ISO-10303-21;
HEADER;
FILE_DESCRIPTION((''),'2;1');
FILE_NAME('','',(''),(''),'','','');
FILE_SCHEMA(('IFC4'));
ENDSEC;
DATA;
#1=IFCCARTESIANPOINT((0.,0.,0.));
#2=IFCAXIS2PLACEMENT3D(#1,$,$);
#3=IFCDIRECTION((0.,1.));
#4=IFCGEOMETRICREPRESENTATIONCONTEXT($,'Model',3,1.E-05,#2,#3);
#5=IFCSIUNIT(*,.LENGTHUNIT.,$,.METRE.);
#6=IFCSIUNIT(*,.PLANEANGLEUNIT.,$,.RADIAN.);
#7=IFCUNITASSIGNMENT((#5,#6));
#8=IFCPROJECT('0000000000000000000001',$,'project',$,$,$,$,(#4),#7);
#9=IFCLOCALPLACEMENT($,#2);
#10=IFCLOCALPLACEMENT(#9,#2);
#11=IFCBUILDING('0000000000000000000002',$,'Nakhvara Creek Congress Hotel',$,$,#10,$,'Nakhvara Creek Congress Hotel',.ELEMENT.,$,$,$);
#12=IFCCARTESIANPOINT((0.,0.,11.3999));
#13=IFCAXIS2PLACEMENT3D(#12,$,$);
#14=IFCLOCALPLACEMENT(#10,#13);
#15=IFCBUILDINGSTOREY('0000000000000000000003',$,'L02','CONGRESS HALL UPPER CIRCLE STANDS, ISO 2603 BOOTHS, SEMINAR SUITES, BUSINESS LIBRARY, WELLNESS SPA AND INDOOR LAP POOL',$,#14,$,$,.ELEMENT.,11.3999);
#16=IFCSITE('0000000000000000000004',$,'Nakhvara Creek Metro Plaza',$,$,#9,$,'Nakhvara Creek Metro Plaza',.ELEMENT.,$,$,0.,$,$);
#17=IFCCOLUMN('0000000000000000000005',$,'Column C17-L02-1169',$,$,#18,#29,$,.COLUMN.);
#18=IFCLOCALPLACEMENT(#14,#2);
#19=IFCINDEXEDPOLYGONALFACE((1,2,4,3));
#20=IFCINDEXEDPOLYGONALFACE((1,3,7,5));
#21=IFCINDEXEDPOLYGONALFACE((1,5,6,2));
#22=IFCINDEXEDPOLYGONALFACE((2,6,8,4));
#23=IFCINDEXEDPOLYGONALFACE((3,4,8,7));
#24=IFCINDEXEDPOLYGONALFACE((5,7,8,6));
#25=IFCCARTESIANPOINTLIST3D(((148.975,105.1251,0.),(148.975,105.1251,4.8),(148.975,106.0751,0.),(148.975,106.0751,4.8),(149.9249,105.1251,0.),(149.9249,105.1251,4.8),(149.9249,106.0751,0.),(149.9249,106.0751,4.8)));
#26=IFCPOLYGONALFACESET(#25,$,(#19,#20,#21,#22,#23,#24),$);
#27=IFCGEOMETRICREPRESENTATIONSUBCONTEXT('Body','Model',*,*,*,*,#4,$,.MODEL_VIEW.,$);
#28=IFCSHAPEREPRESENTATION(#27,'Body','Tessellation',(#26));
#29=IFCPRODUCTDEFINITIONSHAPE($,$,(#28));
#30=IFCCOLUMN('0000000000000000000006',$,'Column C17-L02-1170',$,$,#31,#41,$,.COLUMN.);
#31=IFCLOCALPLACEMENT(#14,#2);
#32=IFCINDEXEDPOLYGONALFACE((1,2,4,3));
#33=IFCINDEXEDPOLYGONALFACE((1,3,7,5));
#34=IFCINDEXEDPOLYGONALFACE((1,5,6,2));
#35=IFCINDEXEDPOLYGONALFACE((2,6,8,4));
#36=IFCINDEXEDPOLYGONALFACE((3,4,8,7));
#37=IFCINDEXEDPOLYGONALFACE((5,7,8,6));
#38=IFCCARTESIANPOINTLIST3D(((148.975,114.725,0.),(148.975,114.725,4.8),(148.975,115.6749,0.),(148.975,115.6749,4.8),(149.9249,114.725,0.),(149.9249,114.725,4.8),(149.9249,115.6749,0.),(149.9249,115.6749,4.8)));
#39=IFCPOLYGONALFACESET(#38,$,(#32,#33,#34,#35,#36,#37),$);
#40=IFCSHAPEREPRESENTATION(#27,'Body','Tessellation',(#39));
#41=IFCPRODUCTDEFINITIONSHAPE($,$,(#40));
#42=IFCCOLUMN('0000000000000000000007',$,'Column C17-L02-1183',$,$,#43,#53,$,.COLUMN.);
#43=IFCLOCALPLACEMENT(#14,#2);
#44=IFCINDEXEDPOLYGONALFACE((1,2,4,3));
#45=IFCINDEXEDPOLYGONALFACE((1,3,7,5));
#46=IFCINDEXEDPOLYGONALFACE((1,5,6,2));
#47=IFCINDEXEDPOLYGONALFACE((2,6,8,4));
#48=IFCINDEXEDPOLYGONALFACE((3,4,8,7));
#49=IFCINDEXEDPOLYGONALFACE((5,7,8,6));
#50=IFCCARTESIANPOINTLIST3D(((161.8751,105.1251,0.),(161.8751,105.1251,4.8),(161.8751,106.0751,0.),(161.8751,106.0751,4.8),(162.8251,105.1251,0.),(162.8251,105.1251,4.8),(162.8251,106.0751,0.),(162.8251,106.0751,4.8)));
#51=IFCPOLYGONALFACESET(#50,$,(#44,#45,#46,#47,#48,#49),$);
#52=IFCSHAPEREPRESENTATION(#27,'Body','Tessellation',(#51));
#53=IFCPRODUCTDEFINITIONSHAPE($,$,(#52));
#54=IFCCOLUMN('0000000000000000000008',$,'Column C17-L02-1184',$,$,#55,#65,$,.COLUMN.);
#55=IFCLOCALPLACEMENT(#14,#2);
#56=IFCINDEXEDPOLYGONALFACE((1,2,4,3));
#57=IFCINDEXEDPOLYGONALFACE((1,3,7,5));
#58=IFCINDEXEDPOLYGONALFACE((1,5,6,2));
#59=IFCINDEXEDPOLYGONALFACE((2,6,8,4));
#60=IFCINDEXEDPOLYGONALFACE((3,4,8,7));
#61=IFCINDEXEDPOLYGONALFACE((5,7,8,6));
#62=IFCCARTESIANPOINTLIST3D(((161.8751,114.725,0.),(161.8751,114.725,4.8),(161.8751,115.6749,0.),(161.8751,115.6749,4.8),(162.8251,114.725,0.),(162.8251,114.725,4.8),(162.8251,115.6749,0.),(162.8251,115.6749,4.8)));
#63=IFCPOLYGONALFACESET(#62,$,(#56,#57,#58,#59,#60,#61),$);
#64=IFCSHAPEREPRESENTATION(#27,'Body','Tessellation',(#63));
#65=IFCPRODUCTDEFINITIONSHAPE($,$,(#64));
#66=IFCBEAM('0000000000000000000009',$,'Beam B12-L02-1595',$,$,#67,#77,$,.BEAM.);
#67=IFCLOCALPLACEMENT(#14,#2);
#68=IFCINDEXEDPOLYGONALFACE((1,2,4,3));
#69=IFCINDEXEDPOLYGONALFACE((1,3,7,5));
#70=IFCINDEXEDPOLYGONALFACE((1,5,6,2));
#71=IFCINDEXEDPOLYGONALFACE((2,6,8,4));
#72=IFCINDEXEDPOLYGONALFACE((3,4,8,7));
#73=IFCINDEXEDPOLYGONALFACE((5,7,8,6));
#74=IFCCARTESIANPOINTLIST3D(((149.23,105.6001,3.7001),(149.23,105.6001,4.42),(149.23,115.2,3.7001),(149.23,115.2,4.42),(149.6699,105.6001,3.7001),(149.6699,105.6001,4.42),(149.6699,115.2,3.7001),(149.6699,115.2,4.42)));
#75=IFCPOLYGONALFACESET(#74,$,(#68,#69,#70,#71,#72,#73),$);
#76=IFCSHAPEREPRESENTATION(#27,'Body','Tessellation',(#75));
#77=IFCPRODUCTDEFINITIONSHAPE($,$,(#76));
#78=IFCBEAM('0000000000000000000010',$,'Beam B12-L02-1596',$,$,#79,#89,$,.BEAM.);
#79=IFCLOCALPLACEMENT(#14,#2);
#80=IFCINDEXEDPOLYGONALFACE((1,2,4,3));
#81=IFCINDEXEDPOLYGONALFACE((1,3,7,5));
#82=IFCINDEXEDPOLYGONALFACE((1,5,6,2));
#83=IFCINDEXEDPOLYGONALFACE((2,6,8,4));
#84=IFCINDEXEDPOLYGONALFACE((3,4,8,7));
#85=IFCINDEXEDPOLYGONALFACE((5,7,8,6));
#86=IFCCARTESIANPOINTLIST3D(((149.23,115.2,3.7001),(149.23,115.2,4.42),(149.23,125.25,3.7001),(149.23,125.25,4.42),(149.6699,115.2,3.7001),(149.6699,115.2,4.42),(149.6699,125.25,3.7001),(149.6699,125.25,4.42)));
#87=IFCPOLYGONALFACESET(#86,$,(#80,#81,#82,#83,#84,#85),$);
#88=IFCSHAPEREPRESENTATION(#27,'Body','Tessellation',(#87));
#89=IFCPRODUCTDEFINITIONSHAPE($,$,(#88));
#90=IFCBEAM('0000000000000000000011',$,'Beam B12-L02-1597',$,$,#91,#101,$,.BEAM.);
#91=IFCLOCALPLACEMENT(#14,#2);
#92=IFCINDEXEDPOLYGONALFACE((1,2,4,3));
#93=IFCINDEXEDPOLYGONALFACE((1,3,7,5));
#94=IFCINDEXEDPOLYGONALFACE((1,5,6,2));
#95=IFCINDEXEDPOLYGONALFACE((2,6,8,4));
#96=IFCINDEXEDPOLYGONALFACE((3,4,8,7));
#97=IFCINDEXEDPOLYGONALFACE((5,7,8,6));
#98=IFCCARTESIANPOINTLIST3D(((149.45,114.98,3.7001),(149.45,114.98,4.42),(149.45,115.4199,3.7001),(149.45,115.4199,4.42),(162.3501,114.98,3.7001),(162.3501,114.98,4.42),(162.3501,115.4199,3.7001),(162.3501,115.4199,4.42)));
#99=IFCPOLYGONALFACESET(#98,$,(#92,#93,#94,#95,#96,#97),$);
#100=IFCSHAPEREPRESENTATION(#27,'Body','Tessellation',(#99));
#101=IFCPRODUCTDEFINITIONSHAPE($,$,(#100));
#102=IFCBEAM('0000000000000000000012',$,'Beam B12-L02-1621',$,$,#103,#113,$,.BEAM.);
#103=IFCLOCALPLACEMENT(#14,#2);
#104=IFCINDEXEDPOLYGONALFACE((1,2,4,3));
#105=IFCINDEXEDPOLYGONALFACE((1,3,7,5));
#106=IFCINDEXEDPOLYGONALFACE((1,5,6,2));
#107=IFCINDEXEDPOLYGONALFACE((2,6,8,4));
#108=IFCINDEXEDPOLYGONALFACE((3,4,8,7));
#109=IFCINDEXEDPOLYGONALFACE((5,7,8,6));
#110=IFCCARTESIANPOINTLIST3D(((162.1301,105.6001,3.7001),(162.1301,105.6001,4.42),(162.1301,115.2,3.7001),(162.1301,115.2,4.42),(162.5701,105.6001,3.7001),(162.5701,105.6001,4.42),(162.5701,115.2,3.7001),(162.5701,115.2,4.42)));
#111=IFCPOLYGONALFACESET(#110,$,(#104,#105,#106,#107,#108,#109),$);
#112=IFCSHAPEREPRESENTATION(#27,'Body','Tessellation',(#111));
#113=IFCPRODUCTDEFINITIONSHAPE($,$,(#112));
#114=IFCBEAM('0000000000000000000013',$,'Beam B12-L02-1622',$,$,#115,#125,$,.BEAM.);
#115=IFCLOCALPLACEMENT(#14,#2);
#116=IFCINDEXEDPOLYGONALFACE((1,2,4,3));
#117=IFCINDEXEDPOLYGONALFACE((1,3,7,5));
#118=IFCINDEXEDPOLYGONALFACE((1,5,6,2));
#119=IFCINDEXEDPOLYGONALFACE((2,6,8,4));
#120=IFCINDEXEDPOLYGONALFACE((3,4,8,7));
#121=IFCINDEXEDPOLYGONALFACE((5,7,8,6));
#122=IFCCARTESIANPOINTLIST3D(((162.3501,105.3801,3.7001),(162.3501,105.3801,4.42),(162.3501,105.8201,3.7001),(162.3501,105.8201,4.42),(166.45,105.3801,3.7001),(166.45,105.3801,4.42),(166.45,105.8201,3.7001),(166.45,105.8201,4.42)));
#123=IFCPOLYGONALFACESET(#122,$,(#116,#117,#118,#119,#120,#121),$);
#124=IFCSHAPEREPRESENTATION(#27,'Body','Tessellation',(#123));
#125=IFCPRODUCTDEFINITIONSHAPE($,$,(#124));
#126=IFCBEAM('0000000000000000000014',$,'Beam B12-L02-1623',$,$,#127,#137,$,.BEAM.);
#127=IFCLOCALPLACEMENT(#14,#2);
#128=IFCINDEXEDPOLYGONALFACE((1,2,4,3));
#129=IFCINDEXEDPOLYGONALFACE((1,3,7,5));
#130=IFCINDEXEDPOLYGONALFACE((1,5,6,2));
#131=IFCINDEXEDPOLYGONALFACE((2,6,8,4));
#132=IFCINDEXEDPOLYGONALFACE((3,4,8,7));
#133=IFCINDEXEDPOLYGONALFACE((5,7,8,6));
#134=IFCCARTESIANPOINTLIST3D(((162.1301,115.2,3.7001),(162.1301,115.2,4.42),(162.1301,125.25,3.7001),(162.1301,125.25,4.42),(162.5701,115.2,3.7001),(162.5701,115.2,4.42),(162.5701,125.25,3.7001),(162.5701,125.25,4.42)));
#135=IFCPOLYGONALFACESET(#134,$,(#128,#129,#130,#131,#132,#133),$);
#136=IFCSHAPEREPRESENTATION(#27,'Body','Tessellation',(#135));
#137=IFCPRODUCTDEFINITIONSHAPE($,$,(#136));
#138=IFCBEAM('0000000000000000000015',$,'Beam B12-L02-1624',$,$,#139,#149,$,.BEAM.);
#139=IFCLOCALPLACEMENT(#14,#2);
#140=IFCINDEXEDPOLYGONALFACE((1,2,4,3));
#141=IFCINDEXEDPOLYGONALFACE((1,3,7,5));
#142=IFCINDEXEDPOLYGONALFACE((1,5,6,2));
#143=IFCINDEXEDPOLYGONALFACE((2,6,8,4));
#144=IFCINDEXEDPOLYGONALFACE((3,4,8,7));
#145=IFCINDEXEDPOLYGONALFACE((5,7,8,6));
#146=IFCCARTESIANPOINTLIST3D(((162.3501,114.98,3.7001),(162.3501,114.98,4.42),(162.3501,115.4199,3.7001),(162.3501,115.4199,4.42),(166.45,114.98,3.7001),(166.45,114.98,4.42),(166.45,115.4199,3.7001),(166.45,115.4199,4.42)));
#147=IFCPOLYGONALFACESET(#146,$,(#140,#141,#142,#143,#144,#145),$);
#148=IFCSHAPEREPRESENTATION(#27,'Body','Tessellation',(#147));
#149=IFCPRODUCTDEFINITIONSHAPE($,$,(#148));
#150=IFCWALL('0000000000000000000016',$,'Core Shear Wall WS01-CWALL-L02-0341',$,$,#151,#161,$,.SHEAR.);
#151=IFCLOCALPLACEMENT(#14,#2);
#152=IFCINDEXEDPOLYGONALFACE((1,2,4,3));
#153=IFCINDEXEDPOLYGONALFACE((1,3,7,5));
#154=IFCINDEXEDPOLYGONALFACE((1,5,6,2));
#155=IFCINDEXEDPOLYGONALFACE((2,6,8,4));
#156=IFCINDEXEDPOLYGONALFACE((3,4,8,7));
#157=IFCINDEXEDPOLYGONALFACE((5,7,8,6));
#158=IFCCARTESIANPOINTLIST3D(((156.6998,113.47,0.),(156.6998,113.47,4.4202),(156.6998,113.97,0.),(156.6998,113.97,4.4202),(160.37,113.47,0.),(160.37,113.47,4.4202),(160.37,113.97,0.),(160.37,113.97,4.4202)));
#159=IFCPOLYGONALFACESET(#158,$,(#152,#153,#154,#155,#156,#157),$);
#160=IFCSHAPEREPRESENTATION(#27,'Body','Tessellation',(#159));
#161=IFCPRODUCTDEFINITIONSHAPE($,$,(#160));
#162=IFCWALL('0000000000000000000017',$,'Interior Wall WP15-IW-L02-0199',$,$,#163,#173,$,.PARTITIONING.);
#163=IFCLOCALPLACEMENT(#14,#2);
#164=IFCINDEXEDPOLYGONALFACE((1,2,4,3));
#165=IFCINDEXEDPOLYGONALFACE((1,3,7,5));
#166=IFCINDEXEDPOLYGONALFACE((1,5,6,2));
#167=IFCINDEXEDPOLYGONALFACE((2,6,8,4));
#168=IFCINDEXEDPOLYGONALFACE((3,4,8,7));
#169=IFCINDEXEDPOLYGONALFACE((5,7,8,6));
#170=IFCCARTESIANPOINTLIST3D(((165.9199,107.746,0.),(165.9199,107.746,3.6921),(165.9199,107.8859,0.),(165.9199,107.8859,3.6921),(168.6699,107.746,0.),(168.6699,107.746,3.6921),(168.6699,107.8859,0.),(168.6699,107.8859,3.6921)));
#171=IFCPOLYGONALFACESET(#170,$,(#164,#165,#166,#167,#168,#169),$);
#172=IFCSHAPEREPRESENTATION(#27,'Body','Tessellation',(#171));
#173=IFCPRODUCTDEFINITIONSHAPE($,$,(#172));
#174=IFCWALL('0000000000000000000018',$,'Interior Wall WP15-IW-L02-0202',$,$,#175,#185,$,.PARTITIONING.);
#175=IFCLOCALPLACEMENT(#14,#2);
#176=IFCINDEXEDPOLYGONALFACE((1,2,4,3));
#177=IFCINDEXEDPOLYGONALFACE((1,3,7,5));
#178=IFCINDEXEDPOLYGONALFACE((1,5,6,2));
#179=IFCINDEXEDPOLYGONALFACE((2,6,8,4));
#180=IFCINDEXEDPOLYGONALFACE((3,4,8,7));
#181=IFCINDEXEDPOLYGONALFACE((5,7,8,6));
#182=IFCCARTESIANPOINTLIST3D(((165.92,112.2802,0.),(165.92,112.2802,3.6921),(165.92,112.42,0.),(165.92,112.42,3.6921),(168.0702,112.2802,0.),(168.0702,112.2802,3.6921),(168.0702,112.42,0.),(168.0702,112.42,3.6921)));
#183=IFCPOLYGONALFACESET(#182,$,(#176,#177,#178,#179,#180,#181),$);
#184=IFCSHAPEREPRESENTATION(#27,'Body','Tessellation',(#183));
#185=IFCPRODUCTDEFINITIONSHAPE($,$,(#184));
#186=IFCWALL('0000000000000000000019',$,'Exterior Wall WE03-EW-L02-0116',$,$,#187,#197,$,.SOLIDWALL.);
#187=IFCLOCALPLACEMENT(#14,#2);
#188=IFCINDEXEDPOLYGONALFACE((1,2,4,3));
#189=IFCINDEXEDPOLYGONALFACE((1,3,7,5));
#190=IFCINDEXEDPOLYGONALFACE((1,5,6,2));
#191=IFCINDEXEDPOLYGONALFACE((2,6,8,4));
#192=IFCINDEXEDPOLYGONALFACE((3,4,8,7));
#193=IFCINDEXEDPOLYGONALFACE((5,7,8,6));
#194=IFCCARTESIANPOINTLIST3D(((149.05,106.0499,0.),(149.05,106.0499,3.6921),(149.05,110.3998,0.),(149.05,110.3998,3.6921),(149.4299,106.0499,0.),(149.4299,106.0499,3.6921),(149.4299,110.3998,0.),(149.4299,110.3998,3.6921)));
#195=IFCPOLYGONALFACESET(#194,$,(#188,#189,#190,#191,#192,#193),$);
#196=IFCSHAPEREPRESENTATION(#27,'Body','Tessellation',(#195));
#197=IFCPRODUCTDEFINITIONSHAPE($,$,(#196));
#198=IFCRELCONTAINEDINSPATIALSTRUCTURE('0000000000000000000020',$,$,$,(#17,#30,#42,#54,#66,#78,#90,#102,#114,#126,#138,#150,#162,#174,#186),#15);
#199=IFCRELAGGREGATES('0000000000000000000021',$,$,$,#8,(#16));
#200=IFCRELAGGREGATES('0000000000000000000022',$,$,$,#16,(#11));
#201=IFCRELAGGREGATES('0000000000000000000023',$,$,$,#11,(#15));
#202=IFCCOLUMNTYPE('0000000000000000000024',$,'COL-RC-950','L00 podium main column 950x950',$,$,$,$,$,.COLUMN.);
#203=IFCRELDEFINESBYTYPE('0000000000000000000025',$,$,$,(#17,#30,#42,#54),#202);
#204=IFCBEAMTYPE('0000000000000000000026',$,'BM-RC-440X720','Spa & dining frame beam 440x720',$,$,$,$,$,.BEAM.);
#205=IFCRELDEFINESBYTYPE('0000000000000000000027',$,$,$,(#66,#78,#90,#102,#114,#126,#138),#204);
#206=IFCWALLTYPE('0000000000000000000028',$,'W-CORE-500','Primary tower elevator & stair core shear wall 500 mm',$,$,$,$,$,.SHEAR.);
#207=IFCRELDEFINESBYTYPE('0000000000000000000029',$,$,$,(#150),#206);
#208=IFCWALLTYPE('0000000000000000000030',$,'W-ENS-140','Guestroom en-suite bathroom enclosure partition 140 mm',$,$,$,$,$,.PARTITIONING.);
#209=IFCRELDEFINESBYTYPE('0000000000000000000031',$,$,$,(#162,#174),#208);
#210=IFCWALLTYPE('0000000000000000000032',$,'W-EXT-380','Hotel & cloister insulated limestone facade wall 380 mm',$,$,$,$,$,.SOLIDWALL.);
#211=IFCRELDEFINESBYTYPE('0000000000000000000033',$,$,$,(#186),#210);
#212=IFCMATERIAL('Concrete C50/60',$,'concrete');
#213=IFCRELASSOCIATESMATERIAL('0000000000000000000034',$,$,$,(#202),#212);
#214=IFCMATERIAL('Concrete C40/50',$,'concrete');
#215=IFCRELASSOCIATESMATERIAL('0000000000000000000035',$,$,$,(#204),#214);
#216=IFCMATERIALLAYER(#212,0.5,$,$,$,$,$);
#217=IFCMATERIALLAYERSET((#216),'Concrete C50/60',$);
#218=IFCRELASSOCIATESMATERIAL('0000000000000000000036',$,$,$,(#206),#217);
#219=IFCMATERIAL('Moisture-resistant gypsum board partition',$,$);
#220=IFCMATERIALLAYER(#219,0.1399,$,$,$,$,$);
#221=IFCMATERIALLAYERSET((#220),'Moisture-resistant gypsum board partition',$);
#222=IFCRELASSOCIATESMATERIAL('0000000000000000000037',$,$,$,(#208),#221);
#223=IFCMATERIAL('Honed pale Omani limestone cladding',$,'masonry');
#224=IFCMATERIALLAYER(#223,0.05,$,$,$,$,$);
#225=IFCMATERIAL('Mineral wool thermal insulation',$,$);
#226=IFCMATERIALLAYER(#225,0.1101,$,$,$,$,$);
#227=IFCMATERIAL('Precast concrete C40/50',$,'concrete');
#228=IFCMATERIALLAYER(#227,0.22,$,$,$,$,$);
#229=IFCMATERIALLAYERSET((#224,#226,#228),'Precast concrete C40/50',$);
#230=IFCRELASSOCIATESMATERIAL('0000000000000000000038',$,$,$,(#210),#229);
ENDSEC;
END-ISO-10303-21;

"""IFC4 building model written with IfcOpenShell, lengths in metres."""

from ifc_helpers import new_model, si_unit, direction, frame, frame_2d, origin, origin_2d, place, context, subcontext, project, spatial, rectangle, extrude, material, layer, layer_set, material_profile, profile_set, type_object, element, save


model = new_model("IFC4")

# Units and contexts
model_context = context("Model", 3, precision=1e-05, world=origin(), true_north=direction((0.0, 1.0)))
body_context = subcontext(model_context, "Body", "Model", "MODEL_VIEW")
ifc_project = project(units=[si_unit("LENGTHUNIT", "METRE"), si_unit("PLANEANGLEUNIT", "RADIAN")], contexts=[model_context])

# Site, building, storey
site_placement = place(None, origin())
site = spatial("IfcSite", under=ifc_project, at=site_placement, Name="Nakhvara Creek Metro Plaza", LongName="Nakhvara Creek Metro Plaza", CompositionType="ELEMENT", RefElevation=0.0)
building_placement = place(site_placement, origin())
building = spatial("IfcBuilding", under=site, at=building_placement, Name="Nakhvara Creek Congress Hotel", LongName="Nakhvara Creek Congress Hotel", CompositionType="ELEMENT")
storey_placement = place(building_placement, frame((0.0, 0.0, 11.3999)))
storey = spatial("IfcBuildingStorey", under=building, at=storey_placement, Name="L02", Description="CONGRESS HALL UPPER CIRCLE STANDS, ISO 2603 BOOTHS, SEMINAR SUITES, BUSINESS LIBRARY, WELLNESS SPA AND INDOOR LAP POOL", CompositionType="ELEMENT", Elevation=11.3999)

# Columns
ifc_material_1 = material(Name="Concrete C50/60", Category="concrete")
ifc_material_profile_1 = material_profile(ifc_material_1, rectangle(XDim=0.95, YDim=0.95, at=origin_2d()), Name="RC-COL 950x950", Category="LoadBearing")
ifc_profile_set_1 = profile_set([ifc_material_profile_1], Name="Concrete C50/60")
column_type = type_object("IfcColumnType", Name="COL-RC-950", Description="L00 podium main column 950x950", PredefinedType="COLUMN", material=ifc_profile_set_1)
for number, where, z_axis, x_axis, name in (
    (1, (149.45, 105.6001, 0.0), (0.0, 0.0, 1.0), (1.0, 0.0, 0.0), "Column C17-L02-1169"),
    (2, (149.45, 115.2, 0.0), (0.0, 0.0, 1.0), (1.0, 0.0, 0.0), "Column C17-L02-1170"),
    (3, (162.3501, 105.6001, 0.0), (0.0, 0.0, 1.0), (1.0, 0.0, 0.0), "Column C17-L02-1183"),
    (4, (162.3501, 115.2, 0.0), (0.0, 0.0, 1.0), (1.0, 0.0, 0.0), "Column C17-L02-1184"),
):
    element("IfcColumn", number, at=place(storey_placement, frame(where, z_axis=z_axis, x_axis=x_axis)), inside=storey, type_object=column_type, Name=name, PredefinedType="COLUMN", context=body_context, shape_type="SweptSolid", body=[
        extrude(rectangle(XDim=0.95, YDim=0.95, at=origin_2d()), origin(), (0.0, 0.0, 1.0), 4.8),
    ])

# Beams
ifc_material_2 = material(Name="Concrete C40/50", Category="concrete")
ifc_material_profile_2 = material_profile(ifc_material_2, rectangle(XDim=0.4399, YDim=0.72, at=origin_2d()), Name="RC-BM 440x720", Category="LoadBearing")
ifc_profile_set_2 = profile_set([ifc_material_profile_2], Name="Concrete C40/50")
beam_type = type_object("IfcBeamType", Name="BM-RC-440X720", Description="Spa & dining frame beam 440x720", PredefinedType="BEAM", material=ifc_profile_set_2)
beam_1_placement = place(storey_placement, frame((149.45, 105.6001, 4.0601), z_axis=(0.0, 1.0, 0.0), x_axis=(-1.0, 0.0, 0.0)))
element("IfcBeam", 5, at=beam_1_placement, inside=storey, type_object=beam_type, Name="Beam B12-L02-1595", PredefinedType="BEAM", context=body_context, shape_type="SweptSolid", body=[
    extrude(rectangle(XDim=0.4399, YDim=0.72, at=origin_2d()), origin(), (0.0, 0.0, 1.0), 9.5999),
])
beam_2_placement = place(storey_placement, frame((149.45, 115.2, 4.0601), z_axis=(0.0, 1.0, 0.0), x_axis=(-1.0, 0.0, 0.0)))
element("IfcBeam", 6, at=beam_2_placement, inside=storey, type_object=beam_type, Name="Beam B12-L02-1596", PredefinedType="BEAM", context=body_context, shape_type="SweptSolid", body=[
    extrude(rectangle(XDim=0.4399, YDim=0.72, at=origin_2d()), origin(), (0.0, 0.0, 1.0), 10.05),
])
beam_3_placement = place(storey_placement, frame((149.45, 115.2, 4.0601), z_axis=(1.0, 0.0, 0.0), x_axis=(0.0, 1.0, 0.0)))
element("IfcBeam", 7, at=beam_3_placement, inside=storey, type_object=beam_type, Name="Beam B12-L02-1597", PredefinedType="BEAM", context=body_context, shape_type="SweptSolid", body=[
    extrude(rectangle(XDim=0.4399, YDim=0.72, at=origin_2d()), origin(), (0.0, 0.0, 1.0), 12.9001),
])
beam_4_placement = place(storey_placement, frame((162.3501, 105.6001, 4.0601), z_axis=(0.0, 1.0, 0.0), x_axis=(-1.0, 0.0, 0.0)))
element("IfcBeam", 8, at=beam_4_placement, inside=storey, type_object=beam_type, Name="Beam B12-L02-1621", PredefinedType="BEAM", context=body_context, shape_type="SweptSolid", body=[
    extrude(rectangle(XDim=0.4399, YDim=0.72, at=origin_2d()), origin(), (0.0, 0.0, 1.0), 9.5999),
])
beam_5_placement = place(storey_placement, frame((162.3501, 105.6001, 4.0601), z_axis=(1.0, 0.0, 0.0), x_axis=(0.0, 1.0, 0.0)))
element("IfcBeam", 9, at=beam_5_placement, inside=storey, type_object=beam_type, Name="Beam B12-L02-1622", PredefinedType="BEAM", context=body_context, shape_type="SweptSolid", body=[
    extrude(rectangle(XDim=0.4399, YDim=0.72, at=origin_2d()), origin(), (0.0, 0.0, 1.0), 4.0999),
])
beam_6_placement = place(storey_placement, frame((162.3501, 115.2, 4.0601), z_axis=(0.0, 1.0, 0.0), x_axis=(-1.0, 0.0, 0.0)))
element("IfcBeam", 10, at=beam_6_placement, inside=storey, type_object=beam_type, Name="Beam B12-L02-1623", PredefinedType="BEAM", context=body_context, shape_type="SweptSolid", body=[
    extrude(rectangle(XDim=0.4399, YDim=0.72, at=origin_2d()), origin(), (0.0, 0.0, 1.0), 10.05),
])
beam_7_placement = place(storey_placement, frame((162.3501, 115.2, 4.0601), z_axis=(1.0, 0.0, 0.0), x_axis=(0.0, 1.0, 0.0)))
element("IfcBeam", 11, at=beam_7_placement, inside=storey, type_object=beam_type, Name="Beam B12-L02-1624", PredefinedType="BEAM", context=body_context, shape_type="SweptSolid", body=[
    extrude(rectangle(XDim=0.4399, YDim=0.72, at=origin_2d()), origin(), (0.0, 0.0, 1.0), 4.0999),
])

# Walls
ifc_layer_1 = layer(ifc_material_1, 0.5)
ifc_layer_set_1 = layer_set([ifc_layer_1], Name="Concrete C50/60")
wall_type_1 = type_object("IfcWallType", Name="W-CORE-500", Description="Primary tower elevator & stair core shear wall 500 mm", PredefinedType="SHEAR", material=ifc_layer_set_1)
wall_1_placement = place(storey_placement, frame((156.7, 113.72, 0.0), z_axis=(0.0, 0.0, 1.0), x_axis=(1.0, 0.0, 0.0)))
element("IfcWall", 12, at=wall_1_placement, inside=storey, type_object=wall_type_1, Name="Core Shear Wall WS01-CWALL-L02-0341", PredefinedType="SHEAR", context=body_context, shape_type="SweptSolid", body=[
    extrude(rectangle(XDim=3.6702, YDim=0.5, at=frame_2d((1.835, 0.0))), origin(), (0.0, 0.0, 1.0), 4.4202),
])
ifc_material_3 = material(Name="Moisture-resistant gypsum board partition")
ifc_layer_2 = layer(ifc_material_3, 0.1399)
ifc_layer_set_2 = layer_set([ifc_layer_2], Name="Moisture-resistant gypsum board partition")
wall_type_2 = type_object("IfcWallType", Name="W-ENS-140", Description="Guestroom en-suite bathroom enclosure partition 140 mm", PredefinedType="PARTITIONING", material=ifc_layer_set_2)
wall_2_placement = place(storey_placement, frame((165.9199, 107.8159, 0.0), z_axis=(0.0, 0.0, 1.0), x_axis=(1.0, 0.0, 0.0)))
element("IfcWall", 13, at=wall_2_placement, inside=storey, type_object=wall_type_2, Name="Interior Wall WP15-IW-L02-0199", PredefinedType="PARTITIONING", context=body_context, shape_type="SweptSolid", body=[
    extrude(rectangle(XDim=2.75, YDim=0.1399, at=frame_2d((1.375, 0.0))), origin(), (0.0, 0.0, 1.0), 3.6921),
])
wall_3_placement = place(storey_placement, frame((165.9199, 112.3501, 0.0), z_axis=(0.0, 0.0, 1.0), x_axis=(1.0, 0.0, 0.0)))
element("IfcWall", 14, at=wall_3_placement, inside=storey, type_object=wall_type_2, Name="Interior Wall WP15-IW-L02-0202", PredefinedType="PARTITIONING", context=body_context, shape_type="SweptSolid", body=[
    extrude(rectangle(XDim=2.1501, YDim=0.1399, at=frame_2d((1.0752, 0.0))), origin(), (0.0, 0.0, 1.0), 3.6921),
])
ifc_material_4 = material(Name="Honed pale Omani limestone cladding", Category="masonry")
ifc_layer_3 = layer(ifc_material_4, 0.05)
ifc_material_5 = material(Name="Mineral wool thermal insulation")
ifc_layer_4 = layer(ifc_material_5, 0.1101)
ifc_material_6 = material(Name="Precast concrete C40/50", Category="concrete")
ifc_layer_5 = layer(ifc_material_6, 0.22)
ifc_layer_set_3 = layer_set([ifc_layer_3, ifc_layer_4, ifc_layer_5], Name="Precast concrete C40/50")
wall_type_3 = type_object("IfcWallType", Name="W-EXT-380", Description="Hotel & cloister insulated limestone facade wall 380 mm", PredefinedType="SOLIDWALL", material=ifc_layer_set_3)
wall_4_placement = place(storey_placement, frame((149.24, 106.05, 0.0), z_axis=(0.0, 0.0, 1.0), x_axis=(0.0, 1.0, 0.0)))
element("IfcWall", 15, at=wall_4_placement, inside=storey, type_object=wall_type_3, Name="Exterior Wall WE03-EW-L02-0116", PredefinedType="SOLIDWALL", context=body_context, shape_type="SweptSolid", body=[
    extrude(rectangle(XDim=4.3499, YDim=0.3799, at=frame_2d((2.1748, 0.0))), origin(), (0.0, 0.0, 1.0), 3.6921),
])

save(model, "model.ifc")
